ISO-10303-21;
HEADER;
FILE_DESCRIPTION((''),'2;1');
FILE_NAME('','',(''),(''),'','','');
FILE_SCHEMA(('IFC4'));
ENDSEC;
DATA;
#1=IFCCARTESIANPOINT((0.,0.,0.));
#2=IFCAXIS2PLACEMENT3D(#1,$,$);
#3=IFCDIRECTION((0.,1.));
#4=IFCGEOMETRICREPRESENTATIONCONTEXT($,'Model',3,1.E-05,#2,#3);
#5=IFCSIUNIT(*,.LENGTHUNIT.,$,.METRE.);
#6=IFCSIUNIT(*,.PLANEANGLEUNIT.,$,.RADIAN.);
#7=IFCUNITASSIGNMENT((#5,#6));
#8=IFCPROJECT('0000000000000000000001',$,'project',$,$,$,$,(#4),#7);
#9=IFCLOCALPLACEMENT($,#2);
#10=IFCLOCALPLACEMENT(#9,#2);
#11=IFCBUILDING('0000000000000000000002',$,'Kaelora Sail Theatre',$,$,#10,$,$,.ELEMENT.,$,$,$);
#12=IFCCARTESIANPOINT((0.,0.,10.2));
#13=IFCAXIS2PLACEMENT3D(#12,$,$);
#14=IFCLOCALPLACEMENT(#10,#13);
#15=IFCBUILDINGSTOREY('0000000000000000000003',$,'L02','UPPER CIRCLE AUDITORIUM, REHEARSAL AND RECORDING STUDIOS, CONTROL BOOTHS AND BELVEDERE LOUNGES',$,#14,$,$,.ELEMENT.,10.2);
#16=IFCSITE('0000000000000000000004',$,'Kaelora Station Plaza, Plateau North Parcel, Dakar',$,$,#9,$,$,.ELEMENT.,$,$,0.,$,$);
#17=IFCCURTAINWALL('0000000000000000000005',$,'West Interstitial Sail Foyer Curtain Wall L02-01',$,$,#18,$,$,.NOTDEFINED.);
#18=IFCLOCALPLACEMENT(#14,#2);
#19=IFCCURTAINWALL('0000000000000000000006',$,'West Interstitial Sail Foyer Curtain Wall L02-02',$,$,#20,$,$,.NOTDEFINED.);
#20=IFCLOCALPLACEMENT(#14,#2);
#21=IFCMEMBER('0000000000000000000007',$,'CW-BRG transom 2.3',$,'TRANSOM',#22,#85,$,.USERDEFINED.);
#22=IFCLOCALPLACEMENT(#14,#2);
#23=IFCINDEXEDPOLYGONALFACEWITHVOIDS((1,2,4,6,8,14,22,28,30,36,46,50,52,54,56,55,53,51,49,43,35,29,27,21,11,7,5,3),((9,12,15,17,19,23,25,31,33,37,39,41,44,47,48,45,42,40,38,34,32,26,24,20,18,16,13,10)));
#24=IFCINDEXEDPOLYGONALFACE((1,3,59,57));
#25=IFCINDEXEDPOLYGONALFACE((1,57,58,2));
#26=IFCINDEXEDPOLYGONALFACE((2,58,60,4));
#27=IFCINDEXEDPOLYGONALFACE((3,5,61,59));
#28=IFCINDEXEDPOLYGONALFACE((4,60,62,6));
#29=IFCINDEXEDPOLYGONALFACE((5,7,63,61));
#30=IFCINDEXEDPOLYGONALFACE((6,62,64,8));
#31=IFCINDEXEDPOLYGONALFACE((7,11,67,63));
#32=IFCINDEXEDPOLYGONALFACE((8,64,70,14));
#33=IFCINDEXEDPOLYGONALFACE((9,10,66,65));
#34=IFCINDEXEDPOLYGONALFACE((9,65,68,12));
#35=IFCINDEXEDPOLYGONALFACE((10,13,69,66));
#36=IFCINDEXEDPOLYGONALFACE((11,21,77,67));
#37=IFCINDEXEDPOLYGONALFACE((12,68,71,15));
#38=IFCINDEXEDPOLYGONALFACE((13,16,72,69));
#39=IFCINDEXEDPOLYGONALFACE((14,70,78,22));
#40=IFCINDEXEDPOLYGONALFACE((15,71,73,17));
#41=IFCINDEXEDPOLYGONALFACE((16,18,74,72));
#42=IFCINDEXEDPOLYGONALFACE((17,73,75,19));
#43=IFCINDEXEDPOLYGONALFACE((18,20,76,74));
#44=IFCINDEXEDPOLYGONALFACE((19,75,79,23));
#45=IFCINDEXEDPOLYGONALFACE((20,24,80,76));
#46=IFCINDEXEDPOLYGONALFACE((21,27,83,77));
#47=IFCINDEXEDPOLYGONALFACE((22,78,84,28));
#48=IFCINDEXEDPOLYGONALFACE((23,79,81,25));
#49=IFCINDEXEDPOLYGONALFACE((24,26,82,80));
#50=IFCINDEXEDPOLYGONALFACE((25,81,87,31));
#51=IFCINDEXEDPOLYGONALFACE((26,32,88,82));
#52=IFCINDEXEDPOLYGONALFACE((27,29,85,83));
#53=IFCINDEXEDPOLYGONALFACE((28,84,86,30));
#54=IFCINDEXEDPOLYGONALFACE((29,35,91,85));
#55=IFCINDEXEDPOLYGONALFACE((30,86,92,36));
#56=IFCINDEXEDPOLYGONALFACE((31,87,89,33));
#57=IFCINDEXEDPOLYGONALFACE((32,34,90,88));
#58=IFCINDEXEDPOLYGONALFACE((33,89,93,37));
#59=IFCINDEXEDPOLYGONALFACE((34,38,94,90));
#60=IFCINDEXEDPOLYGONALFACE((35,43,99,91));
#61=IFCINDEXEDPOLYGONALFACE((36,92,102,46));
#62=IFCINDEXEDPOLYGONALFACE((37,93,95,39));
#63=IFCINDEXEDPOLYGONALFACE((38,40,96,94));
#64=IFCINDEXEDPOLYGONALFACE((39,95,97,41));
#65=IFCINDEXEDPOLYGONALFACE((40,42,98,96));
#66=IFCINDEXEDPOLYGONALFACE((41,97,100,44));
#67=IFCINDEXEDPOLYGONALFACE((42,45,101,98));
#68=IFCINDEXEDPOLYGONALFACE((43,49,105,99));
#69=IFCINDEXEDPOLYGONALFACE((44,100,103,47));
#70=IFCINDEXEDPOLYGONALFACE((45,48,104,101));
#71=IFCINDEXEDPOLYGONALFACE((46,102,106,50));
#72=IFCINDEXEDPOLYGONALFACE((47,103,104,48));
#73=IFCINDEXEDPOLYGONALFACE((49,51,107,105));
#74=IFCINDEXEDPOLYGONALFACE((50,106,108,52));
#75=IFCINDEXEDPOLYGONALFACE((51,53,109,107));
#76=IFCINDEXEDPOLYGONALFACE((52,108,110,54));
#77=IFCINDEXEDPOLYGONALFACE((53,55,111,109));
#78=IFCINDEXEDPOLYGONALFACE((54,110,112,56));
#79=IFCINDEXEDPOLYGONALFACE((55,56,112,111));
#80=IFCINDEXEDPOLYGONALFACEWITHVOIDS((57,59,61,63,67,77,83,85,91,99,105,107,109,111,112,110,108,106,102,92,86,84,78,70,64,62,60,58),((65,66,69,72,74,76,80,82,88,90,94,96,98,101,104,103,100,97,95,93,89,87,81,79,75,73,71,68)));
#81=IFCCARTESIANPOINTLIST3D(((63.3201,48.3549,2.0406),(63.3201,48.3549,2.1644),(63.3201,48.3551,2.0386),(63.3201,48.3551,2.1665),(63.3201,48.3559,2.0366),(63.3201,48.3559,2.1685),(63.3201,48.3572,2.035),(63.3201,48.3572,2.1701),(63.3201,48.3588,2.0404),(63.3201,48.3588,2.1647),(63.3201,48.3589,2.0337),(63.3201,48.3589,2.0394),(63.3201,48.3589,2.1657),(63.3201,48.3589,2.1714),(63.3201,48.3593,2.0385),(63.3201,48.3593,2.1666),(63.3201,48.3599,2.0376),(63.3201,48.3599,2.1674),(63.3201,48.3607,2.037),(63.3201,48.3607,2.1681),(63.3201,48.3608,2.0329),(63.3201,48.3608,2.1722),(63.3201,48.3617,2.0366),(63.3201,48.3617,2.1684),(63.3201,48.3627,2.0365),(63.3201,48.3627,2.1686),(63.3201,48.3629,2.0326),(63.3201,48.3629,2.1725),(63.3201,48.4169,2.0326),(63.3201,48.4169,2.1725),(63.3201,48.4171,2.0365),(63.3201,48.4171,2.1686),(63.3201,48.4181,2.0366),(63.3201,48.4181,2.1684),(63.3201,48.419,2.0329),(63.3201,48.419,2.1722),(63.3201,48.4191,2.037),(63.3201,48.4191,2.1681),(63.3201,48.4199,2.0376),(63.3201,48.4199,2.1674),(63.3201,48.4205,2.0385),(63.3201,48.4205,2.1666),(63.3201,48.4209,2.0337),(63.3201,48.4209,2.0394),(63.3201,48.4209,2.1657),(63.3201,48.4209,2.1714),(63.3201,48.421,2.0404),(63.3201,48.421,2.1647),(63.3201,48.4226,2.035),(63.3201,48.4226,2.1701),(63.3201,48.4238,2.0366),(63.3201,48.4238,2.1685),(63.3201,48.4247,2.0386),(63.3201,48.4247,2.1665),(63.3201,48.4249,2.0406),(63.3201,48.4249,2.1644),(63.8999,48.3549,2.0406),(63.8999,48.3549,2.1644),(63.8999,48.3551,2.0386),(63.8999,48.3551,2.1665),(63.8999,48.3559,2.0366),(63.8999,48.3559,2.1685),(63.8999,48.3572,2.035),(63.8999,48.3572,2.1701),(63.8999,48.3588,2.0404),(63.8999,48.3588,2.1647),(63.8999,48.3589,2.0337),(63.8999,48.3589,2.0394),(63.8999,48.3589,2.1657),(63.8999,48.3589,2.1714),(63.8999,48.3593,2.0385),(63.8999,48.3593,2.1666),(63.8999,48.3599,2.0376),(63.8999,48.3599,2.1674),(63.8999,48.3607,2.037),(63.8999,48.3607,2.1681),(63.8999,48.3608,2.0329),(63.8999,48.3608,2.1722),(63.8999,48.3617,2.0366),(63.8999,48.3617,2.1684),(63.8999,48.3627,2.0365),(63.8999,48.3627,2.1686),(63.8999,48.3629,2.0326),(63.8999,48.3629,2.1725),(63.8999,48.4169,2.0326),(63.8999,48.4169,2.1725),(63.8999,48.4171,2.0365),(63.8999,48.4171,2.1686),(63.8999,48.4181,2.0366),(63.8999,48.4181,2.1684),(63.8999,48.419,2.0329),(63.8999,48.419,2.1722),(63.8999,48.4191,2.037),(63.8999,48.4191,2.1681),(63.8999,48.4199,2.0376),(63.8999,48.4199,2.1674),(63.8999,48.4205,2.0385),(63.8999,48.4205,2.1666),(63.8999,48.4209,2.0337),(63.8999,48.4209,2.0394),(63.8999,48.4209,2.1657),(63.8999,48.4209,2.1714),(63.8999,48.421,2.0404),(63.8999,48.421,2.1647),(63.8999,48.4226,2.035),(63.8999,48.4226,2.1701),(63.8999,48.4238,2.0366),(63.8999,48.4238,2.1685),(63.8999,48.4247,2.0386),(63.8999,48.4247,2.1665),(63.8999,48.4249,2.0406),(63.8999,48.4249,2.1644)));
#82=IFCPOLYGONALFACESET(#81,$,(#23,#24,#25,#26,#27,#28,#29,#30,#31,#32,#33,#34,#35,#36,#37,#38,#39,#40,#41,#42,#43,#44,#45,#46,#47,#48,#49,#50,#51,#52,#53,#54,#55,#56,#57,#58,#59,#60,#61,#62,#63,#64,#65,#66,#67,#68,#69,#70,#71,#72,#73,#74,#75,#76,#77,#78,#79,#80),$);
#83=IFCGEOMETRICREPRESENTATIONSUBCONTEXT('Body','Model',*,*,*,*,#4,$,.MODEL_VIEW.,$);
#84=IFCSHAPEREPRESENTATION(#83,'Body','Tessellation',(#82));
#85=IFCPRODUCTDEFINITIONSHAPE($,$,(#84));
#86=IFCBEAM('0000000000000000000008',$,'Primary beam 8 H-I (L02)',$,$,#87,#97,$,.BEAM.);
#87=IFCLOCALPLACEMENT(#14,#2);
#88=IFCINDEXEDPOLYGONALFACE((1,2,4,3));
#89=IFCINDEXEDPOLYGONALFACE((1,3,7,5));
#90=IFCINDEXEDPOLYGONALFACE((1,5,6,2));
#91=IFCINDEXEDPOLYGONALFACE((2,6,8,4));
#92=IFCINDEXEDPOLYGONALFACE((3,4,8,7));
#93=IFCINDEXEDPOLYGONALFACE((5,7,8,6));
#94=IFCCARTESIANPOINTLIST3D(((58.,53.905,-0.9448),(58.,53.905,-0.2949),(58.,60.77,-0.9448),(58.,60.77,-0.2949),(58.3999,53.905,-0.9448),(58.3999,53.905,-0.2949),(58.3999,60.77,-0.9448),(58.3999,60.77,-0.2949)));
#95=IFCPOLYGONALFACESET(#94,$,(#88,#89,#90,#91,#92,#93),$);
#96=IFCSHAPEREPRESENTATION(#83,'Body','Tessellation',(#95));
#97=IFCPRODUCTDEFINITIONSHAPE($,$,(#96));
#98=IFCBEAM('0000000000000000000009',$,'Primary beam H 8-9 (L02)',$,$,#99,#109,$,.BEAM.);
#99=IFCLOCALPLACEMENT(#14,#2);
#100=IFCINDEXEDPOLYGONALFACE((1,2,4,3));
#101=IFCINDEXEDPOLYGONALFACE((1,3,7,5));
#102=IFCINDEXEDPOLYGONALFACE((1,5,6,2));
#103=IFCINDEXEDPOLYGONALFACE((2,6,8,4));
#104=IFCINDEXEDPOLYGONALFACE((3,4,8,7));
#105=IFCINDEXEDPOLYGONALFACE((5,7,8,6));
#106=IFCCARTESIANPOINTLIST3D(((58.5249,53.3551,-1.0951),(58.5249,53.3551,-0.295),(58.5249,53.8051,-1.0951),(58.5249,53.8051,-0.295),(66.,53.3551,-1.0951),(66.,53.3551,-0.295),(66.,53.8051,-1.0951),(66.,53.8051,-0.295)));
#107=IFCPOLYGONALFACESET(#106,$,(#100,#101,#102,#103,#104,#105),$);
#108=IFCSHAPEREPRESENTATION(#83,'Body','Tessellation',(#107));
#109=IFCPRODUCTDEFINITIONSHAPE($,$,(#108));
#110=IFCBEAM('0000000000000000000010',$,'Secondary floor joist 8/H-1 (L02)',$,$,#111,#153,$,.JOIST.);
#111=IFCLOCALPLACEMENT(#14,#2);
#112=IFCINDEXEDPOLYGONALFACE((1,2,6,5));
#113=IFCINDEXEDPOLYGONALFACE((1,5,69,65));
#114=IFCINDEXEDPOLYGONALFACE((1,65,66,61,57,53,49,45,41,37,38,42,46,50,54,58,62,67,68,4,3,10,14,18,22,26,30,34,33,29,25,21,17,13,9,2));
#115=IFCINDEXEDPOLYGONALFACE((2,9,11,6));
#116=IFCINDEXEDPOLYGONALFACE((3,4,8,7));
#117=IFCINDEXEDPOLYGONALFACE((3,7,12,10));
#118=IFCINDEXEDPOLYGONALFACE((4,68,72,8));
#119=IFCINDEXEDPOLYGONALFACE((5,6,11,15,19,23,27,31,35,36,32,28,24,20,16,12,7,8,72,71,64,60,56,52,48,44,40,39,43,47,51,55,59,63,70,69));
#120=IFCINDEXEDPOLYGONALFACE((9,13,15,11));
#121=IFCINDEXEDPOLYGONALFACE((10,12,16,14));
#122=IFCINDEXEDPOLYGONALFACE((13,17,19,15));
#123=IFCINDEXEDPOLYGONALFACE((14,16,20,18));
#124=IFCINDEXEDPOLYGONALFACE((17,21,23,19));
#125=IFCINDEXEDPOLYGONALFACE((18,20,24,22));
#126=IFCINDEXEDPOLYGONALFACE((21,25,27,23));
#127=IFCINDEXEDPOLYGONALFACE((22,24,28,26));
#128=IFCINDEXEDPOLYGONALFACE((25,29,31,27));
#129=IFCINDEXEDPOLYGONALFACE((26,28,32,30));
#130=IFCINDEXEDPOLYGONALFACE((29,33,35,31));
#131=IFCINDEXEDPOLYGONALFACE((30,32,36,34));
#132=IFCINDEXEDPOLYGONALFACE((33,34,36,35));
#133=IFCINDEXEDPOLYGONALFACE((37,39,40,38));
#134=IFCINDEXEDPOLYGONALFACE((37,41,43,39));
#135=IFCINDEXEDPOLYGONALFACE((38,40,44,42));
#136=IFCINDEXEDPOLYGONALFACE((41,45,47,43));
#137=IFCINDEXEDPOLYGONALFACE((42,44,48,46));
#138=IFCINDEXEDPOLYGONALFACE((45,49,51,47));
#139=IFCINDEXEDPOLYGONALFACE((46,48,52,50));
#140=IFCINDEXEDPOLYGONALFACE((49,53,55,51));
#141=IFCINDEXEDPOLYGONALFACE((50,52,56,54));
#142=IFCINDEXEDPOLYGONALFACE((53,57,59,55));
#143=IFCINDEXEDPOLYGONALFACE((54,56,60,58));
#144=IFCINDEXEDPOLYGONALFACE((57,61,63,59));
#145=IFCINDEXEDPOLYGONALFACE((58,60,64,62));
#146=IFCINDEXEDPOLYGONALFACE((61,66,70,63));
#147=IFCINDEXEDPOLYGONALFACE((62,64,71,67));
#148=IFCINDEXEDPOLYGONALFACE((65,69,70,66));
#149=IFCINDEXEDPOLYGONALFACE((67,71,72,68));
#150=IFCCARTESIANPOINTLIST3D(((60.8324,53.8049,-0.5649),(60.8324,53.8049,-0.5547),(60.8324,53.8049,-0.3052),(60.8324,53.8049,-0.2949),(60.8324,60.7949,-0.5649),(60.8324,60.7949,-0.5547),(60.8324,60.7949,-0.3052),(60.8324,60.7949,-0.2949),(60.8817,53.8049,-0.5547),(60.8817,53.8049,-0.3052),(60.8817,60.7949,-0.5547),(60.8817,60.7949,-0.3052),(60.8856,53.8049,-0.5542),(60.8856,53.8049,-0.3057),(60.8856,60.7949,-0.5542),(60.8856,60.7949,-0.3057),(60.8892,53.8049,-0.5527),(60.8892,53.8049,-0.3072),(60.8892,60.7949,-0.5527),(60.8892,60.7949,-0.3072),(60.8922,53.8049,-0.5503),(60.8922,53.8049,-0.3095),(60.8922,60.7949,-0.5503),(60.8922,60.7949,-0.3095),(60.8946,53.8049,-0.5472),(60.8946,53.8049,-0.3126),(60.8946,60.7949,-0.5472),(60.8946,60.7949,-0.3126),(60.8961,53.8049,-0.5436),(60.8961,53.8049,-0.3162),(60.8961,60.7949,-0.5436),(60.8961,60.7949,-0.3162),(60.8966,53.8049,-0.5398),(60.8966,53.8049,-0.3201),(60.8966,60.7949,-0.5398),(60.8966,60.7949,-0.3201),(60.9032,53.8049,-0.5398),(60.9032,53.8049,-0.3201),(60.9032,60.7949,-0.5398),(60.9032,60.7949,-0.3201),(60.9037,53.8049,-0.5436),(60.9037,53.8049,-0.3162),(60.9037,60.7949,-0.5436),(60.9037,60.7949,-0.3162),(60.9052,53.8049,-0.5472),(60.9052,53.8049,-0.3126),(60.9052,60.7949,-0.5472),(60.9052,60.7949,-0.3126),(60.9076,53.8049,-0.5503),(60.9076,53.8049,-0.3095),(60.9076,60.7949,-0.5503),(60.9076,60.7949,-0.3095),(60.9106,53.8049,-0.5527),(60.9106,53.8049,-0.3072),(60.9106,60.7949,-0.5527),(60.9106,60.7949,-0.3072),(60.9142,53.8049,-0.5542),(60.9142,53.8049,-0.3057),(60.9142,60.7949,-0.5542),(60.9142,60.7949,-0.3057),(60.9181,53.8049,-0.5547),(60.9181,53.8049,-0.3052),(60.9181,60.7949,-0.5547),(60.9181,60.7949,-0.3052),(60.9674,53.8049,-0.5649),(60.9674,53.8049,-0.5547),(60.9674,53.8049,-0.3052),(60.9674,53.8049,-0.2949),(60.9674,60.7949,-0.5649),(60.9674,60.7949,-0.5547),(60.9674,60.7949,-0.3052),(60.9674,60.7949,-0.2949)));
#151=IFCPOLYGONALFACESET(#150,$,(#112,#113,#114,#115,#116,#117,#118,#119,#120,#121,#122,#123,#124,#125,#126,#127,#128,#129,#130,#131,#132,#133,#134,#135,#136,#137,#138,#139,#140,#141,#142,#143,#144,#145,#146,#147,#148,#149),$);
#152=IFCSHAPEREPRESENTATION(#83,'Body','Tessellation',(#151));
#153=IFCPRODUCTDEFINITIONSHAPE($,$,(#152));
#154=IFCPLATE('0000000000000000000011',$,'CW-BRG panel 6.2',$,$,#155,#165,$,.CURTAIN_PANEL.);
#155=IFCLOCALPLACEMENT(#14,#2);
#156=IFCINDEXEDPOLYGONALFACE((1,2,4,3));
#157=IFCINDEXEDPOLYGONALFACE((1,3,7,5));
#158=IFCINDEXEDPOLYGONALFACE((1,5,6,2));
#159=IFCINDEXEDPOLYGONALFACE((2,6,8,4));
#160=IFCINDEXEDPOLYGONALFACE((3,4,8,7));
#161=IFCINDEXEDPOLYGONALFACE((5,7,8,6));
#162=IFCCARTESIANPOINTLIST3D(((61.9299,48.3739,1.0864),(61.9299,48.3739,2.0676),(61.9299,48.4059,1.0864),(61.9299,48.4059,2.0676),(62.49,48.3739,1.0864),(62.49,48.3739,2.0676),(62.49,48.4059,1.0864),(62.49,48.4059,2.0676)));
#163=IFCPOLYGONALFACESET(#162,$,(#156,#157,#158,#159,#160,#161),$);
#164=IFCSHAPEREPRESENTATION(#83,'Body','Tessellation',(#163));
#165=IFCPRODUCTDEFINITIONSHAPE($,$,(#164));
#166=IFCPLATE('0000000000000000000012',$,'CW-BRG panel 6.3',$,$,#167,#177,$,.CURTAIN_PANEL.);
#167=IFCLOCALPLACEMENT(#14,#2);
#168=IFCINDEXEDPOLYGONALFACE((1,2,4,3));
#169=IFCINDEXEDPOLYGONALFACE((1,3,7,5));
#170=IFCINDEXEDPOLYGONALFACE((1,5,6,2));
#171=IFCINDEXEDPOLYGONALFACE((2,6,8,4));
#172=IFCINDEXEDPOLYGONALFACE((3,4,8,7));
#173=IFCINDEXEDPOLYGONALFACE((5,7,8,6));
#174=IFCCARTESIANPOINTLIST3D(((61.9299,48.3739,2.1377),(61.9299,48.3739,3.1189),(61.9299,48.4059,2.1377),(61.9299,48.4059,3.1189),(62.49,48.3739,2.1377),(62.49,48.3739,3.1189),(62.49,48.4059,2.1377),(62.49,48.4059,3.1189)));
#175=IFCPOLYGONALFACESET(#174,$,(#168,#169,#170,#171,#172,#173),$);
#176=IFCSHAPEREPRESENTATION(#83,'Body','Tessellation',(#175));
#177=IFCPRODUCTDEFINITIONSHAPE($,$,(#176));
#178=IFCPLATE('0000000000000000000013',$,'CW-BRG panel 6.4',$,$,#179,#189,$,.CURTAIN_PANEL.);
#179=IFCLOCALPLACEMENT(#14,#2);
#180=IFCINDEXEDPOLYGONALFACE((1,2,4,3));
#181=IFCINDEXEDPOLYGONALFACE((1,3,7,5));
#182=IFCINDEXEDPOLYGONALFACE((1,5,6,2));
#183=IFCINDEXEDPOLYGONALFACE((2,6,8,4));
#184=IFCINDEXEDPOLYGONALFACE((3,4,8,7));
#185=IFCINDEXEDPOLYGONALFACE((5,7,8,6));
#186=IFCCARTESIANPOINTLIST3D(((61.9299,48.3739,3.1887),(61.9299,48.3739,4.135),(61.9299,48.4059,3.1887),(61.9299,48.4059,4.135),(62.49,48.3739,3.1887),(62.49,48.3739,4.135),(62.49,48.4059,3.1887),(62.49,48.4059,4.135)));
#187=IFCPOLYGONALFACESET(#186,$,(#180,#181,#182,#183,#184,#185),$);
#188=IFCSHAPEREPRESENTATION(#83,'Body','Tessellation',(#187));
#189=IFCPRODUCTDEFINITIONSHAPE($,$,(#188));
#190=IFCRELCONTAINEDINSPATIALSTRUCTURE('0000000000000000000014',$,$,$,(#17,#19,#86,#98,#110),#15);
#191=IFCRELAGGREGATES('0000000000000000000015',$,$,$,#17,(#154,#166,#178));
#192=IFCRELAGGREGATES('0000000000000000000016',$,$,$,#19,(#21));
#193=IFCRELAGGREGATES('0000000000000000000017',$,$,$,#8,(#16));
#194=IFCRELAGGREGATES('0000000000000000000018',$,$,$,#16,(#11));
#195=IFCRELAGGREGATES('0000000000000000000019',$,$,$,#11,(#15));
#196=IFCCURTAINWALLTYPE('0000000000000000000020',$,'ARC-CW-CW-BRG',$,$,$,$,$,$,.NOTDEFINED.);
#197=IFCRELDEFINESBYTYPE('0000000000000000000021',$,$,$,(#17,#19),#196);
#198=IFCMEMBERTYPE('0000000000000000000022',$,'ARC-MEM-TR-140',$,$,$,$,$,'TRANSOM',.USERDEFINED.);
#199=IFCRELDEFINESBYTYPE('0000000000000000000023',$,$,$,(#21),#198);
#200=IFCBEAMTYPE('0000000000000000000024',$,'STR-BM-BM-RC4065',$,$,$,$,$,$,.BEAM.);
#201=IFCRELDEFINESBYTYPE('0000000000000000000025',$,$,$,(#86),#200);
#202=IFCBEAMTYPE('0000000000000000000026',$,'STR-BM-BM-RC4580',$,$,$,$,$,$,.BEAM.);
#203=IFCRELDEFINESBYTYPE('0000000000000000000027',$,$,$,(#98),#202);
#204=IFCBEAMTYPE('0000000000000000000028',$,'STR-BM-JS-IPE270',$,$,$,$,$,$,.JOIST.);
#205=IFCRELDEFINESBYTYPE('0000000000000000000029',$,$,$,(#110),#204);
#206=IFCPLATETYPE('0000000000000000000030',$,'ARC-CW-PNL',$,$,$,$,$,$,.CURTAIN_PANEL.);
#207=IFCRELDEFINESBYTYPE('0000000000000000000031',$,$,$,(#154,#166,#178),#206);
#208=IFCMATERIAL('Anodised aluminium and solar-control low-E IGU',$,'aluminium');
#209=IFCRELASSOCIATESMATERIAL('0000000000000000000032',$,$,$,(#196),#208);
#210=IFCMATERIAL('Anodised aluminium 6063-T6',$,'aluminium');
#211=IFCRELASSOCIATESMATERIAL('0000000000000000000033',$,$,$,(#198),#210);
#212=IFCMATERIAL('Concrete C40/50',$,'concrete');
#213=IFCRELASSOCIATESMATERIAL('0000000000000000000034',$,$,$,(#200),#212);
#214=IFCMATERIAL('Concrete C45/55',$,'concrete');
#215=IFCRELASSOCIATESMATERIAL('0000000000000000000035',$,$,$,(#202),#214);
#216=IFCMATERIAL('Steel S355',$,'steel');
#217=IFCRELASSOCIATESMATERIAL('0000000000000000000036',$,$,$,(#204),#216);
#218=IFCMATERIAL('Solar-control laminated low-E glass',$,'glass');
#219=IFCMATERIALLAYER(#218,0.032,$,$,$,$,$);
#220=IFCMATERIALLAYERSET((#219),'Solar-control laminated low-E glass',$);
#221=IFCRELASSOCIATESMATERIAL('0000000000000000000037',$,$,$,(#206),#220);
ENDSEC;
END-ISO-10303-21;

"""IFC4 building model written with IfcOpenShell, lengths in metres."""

from ifc_helpers import new_model, si_unit, direction, frame, origin, origin_2d, place, context, subcontext, project, spatial, rectangle, hollow_rectangle, i_section, extrude, material, layer, layer_set, material_profile, profile_set, type_object, element, aggregate, save


model = new_model("IFC4")

# Units and contexts
model_context = context("Model", 3, precision=1e-05, world=origin(), true_north=direction((0.0, 1.0)))
body_context = subcontext(model_context, "Body", "Model", "MODEL_VIEW")
ifc_project = project(units=[si_unit("LENGTHUNIT", "METRE"), si_unit("PLANEANGLEUNIT", "RADIAN")], contexts=[model_context])

# Site, building, storey
site_placement = place(None, origin())
site = spatial("IfcSite", under=ifc_project, at=site_placement, Name="Kaelora Station Plaza, Plateau North Parcel, Dakar", CompositionType="ELEMENT", RefElevation=0.0)
building_placement = place(site_placement, origin())
building = spatial("IfcBuilding", under=site, at=building_placement, Name="Kaelora Sail Theatre", CompositionType="ELEMENT")
storey_placement = place(building_placement, frame((0.0, 0.0, 10.2)))
storey = spatial("IfcBuildingStorey", under=building, at=storey_placement, Name="L02", Description="UPPER CIRCLE AUDITORIUM, REHEARSAL AND RECORDING STUDIOS, CONTROL BOOTHS AND BELVEDERE LOUNGES", CompositionType="ELEMENT", Elevation=10.2)

# Curtain wall
ifc_material_1 = material(Name="Anodised aluminium and solar-control low-E IGU", Category="aluminium")
curtain_wall_type = type_object("IfcCurtainWallType", Name="ARC-CW-CW-BRG", PredefinedType="NOTDEFINED", material=ifc_material_1)
curtain_wall_1_placement = place(storey_placement, origin())
curtain_wall_1 = element("IfcCurtainWall", 1, at=curtain_wall_1_placement, inside=storey, type_object=curtain_wall_type, Name="West Interstitial Sail Foyer Curtain Wall L02-01", PredefinedType="NOTDEFINED")

# Curtain wall, member
curtain_wall_2_placement = place(storey_placement, origin())
curtain_wall_2 = element("IfcCurtainWall", 2, at=curtain_wall_2_placement, inside=storey, type_object=curtain_wall_type, Name="West Interstitial Sail Foyer Curtain Wall L02-02", PredefinedType="NOTDEFINED")
ifc_material_2 = material(Name="Anodised aluminium 6063-T6", Category="aluminium")
ifc_material_profile_1 = material_profile(ifc_material_2, hollow_rectangle(XDim=0.0701, YDim=0.1399, WallThickness=0.0039, InnerFilletRadius=0.0039, OuterFilletRadius=0.0081, at=origin_2d()), Name="ALU-TRAN 70x140x4")
ifc_profile_set_1 = profile_set([ifc_material_profile_1], Name="Anodised aluminium 6063-T6")
member_type_1 = type_object("IfcMemberType", Name="ARC-MEM-TR-140", ElementType="TRANSOM", PredefinedType="USERDEFINED", material=ifc_profile_set_1)
member_1_placement = place(storey_placement, frame((63.3201, 48.3899, 2.1025), z_axis=(1.0, 0.0, 0.0), x_axis=(0.0, 1.0, 0.0)))
member_1 = element("IfcMember", 3, at=member_1_placement, type_object=member_type_1, Name="CW-BRG transom 2.3", ObjectType="TRANSOM", PredefinedType="USERDEFINED", context=body_context, shape_type="SweptSolid", body=[
    extrude(hollow_rectangle(XDim=0.0701, YDim=0.1399, WallThickness=0.0039, InnerFilletRadius=0.0039, OuterFilletRadius=0.0081, at=origin_2d()), origin(), (0.0, 0.0, 1.0), 0.5798),
])

# Beams
ifc_material_3 = material(Name="Concrete C40/50", Category="concrete")
ifc_material_profile_2 = material_profile(ifc_material_3, rectangle(XDim=0.3999, YDim=0.6499, at=origin_2d()), Name="RC-BM 400x650")
ifc_profile_set_2 = profile_set([ifc_material_profile_2], Name="Concrete C40/50")
beam_type_1 = type_object("IfcBeamType", Name="STR-BM-BM-RC4065", PredefinedType="BEAM", material=ifc_profile_set_2)
beam_1_placement = place(storey_placement, frame((58.2, 53.905, -0.6199), z_axis=(0.0, 1.0, 0.0), x_axis=(-1.0, 0.0, 0.0)))
element("IfcBeam", 4, at=beam_1_placement, inside=storey, type_object=beam_type_1, Name="Primary beam 8 H-I (L02)", PredefinedType="BEAM", context=body_context, shape_type="SweptSolid", body=[
    extrude(rectangle(XDim=0.3999, YDim=0.6499, at=origin_2d()), origin(), (0.0, 0.0, 1.0), 6.865),
])
ifc_material_4 = material(Name="Concrete C45/55", Category="concrete")
ifc_material_profile_3 = material_profile(ifc_material_4, rectangle(XDim=0.45, YDim=0.8, at=origin_2d()), Name="RC-BM 450x800")
ifc_profile_set_3 = profile_set([ifc_material_profile_3], Name="Concrete C45/55")
beam_type_2 = type_object("IfcBeamType", Name="STR-BM-BM-RC4580", PredefinedType="BEAM", material=ifc_profile_set_3)
beam_2_placement = place(storey_placement, frame((58.5249, 53.5801, -0.6951), z_axis=(1.0, 0.0, 0.0), x_axis=(0.0, 1.0, 0.0)))
element("IfcBeam", 5, at=beam_2_placement, inside=storey, type_object=beam_type_2, Name="Primary beam H 8-9 (L02)", PredefinedType="BEAM", context=body_context, shape_type="SweptSolid", body=[
    extrude(rectangle(XDim=0.45, YDim=0.8, at=origin_2d()), origin(), (0.0, 0.0, 1.0), 7.4751),
])
ifc_material_5 = material(Name="Steel S355", Category="steel")
ifc_material_profile_4 = material_profile(ifc_material_5, i_section(OverallWidth=0.135, OverallDepth=0.27, WebThickness=0.0066, FlangeThickness=0.0103, FilletRadius=0.0149, at=origin_2d()), Name="IPE 270")
ifc_profile_set_4 = profile_set([ifc_material_profile_4], Name="Steel S355")
beam_type_3 = type_object("IfcBeamType", Name="STR-BM-JS-IPE270", PredefinedType="JOIST", material=ifc_profile_set_4)
beam_3_placement = place(storey_placement, frame((60.8999, 53.8049, -0.4299), z_axis=(0.0, 1.0, 0.0), x_axis=(-1.0, 0.0, 0.0)))
element("IfcBeam", 6, at=beam_3_placement, inside=storey, type_object=beam_type_3, Name="Secondary floor joist 8/H-1 (L02)", PredefinedType="JOIST", context=body_context, shape_type="SweptSolid", body=[
    extrude(i_section(OverallWidth=0.135, OverallDepth=0.27, WebThickness=0.0066, FlangeThickness=0.0103, FilletRadius=0.0149, at=origin_2d()), origin(), (0.0, 0.0, 1.0), 6.99),
])

# Plates
ifc_material_6 = material(Name="Solar-control laminated low-E glass", Category="glass")
ifc_layer_1 = layer(ifc_material_6, 0.032)
ifc_layer_set_1 = layer_set([ifc_layer_1], Name="Solar-control laminated low-E glass")
plate_type = type_object("IfcPlateType", Name="ARC-CW-PNL", PredefinedType="CURTAIN_PANEL", material=ifc_layer_set_1)
plate_1_placement = place(storey_placement, frame((62.21, 48.3899, 1.0864), z_axis=(0.0, 0.0, 1.0), x_axis=(1.0, 0.0, 0.0)))
plate_1 = element("IfcPlate", 7, at=plate_1_placement, type_object=plate_type, Name="CW-BRG panel 6.2", PredefinedType="CURTAIN_PANEL", context=body_context, shape_type="SweptSolid", body=[
    extrude(rectangle(XDim=0.5601, YDim=0.032, at=origin_2d()), origin(), (0.0, 0.0, 1.0), 0.9812),
])
plate_2_placement = place(storey_placement, frame((62.21, 48.3899, 2.1377), z_axis=(0.0, 0.0, 1.0), x_axis=(1.0, 0.0, 0.0)))
plate_2 = element("IfcPlate", 8, at=plate_2_placement, type_object=plate_type, Name="CW-BRG panel 6.3", PredefinedType="CURTAIN_PANEL", context=body_context, shape_type="SweptSolid", body=[
    extrude(rectangle(XDim=0.5601, YDim=0.032, at=origin_2d()), origin(), (0.0, 0.0, 1.0), 0.9812),
])
plate_3_placement = place(storey_placement, frame((62.21, 48.3899, 3.1887), z_axis=(0.0, 0.0, 1.0), x_axis=(1.0, 0.0, 0.0)))
plate_3 = element("IfcPlate", 9, at=plate_3_placement, type_object=plate_type, Name="CW-BRG panel 6.4", PredefinedType="CURTAIN_PANEL", context=body_context, shape_type="SweptSolid", body=[
    extrude(rectangle(XDim=0.5601, YDim=0.032, at=origin_2d()), origin(), (0.0, 0.0, 1.0), 0.9463),
])
aggregate(curtain_wall_1, [plate_1, plate_2, plate_3])
aggregate(curtain_wall_2, [member_1])

save(model, "model.ifc")
